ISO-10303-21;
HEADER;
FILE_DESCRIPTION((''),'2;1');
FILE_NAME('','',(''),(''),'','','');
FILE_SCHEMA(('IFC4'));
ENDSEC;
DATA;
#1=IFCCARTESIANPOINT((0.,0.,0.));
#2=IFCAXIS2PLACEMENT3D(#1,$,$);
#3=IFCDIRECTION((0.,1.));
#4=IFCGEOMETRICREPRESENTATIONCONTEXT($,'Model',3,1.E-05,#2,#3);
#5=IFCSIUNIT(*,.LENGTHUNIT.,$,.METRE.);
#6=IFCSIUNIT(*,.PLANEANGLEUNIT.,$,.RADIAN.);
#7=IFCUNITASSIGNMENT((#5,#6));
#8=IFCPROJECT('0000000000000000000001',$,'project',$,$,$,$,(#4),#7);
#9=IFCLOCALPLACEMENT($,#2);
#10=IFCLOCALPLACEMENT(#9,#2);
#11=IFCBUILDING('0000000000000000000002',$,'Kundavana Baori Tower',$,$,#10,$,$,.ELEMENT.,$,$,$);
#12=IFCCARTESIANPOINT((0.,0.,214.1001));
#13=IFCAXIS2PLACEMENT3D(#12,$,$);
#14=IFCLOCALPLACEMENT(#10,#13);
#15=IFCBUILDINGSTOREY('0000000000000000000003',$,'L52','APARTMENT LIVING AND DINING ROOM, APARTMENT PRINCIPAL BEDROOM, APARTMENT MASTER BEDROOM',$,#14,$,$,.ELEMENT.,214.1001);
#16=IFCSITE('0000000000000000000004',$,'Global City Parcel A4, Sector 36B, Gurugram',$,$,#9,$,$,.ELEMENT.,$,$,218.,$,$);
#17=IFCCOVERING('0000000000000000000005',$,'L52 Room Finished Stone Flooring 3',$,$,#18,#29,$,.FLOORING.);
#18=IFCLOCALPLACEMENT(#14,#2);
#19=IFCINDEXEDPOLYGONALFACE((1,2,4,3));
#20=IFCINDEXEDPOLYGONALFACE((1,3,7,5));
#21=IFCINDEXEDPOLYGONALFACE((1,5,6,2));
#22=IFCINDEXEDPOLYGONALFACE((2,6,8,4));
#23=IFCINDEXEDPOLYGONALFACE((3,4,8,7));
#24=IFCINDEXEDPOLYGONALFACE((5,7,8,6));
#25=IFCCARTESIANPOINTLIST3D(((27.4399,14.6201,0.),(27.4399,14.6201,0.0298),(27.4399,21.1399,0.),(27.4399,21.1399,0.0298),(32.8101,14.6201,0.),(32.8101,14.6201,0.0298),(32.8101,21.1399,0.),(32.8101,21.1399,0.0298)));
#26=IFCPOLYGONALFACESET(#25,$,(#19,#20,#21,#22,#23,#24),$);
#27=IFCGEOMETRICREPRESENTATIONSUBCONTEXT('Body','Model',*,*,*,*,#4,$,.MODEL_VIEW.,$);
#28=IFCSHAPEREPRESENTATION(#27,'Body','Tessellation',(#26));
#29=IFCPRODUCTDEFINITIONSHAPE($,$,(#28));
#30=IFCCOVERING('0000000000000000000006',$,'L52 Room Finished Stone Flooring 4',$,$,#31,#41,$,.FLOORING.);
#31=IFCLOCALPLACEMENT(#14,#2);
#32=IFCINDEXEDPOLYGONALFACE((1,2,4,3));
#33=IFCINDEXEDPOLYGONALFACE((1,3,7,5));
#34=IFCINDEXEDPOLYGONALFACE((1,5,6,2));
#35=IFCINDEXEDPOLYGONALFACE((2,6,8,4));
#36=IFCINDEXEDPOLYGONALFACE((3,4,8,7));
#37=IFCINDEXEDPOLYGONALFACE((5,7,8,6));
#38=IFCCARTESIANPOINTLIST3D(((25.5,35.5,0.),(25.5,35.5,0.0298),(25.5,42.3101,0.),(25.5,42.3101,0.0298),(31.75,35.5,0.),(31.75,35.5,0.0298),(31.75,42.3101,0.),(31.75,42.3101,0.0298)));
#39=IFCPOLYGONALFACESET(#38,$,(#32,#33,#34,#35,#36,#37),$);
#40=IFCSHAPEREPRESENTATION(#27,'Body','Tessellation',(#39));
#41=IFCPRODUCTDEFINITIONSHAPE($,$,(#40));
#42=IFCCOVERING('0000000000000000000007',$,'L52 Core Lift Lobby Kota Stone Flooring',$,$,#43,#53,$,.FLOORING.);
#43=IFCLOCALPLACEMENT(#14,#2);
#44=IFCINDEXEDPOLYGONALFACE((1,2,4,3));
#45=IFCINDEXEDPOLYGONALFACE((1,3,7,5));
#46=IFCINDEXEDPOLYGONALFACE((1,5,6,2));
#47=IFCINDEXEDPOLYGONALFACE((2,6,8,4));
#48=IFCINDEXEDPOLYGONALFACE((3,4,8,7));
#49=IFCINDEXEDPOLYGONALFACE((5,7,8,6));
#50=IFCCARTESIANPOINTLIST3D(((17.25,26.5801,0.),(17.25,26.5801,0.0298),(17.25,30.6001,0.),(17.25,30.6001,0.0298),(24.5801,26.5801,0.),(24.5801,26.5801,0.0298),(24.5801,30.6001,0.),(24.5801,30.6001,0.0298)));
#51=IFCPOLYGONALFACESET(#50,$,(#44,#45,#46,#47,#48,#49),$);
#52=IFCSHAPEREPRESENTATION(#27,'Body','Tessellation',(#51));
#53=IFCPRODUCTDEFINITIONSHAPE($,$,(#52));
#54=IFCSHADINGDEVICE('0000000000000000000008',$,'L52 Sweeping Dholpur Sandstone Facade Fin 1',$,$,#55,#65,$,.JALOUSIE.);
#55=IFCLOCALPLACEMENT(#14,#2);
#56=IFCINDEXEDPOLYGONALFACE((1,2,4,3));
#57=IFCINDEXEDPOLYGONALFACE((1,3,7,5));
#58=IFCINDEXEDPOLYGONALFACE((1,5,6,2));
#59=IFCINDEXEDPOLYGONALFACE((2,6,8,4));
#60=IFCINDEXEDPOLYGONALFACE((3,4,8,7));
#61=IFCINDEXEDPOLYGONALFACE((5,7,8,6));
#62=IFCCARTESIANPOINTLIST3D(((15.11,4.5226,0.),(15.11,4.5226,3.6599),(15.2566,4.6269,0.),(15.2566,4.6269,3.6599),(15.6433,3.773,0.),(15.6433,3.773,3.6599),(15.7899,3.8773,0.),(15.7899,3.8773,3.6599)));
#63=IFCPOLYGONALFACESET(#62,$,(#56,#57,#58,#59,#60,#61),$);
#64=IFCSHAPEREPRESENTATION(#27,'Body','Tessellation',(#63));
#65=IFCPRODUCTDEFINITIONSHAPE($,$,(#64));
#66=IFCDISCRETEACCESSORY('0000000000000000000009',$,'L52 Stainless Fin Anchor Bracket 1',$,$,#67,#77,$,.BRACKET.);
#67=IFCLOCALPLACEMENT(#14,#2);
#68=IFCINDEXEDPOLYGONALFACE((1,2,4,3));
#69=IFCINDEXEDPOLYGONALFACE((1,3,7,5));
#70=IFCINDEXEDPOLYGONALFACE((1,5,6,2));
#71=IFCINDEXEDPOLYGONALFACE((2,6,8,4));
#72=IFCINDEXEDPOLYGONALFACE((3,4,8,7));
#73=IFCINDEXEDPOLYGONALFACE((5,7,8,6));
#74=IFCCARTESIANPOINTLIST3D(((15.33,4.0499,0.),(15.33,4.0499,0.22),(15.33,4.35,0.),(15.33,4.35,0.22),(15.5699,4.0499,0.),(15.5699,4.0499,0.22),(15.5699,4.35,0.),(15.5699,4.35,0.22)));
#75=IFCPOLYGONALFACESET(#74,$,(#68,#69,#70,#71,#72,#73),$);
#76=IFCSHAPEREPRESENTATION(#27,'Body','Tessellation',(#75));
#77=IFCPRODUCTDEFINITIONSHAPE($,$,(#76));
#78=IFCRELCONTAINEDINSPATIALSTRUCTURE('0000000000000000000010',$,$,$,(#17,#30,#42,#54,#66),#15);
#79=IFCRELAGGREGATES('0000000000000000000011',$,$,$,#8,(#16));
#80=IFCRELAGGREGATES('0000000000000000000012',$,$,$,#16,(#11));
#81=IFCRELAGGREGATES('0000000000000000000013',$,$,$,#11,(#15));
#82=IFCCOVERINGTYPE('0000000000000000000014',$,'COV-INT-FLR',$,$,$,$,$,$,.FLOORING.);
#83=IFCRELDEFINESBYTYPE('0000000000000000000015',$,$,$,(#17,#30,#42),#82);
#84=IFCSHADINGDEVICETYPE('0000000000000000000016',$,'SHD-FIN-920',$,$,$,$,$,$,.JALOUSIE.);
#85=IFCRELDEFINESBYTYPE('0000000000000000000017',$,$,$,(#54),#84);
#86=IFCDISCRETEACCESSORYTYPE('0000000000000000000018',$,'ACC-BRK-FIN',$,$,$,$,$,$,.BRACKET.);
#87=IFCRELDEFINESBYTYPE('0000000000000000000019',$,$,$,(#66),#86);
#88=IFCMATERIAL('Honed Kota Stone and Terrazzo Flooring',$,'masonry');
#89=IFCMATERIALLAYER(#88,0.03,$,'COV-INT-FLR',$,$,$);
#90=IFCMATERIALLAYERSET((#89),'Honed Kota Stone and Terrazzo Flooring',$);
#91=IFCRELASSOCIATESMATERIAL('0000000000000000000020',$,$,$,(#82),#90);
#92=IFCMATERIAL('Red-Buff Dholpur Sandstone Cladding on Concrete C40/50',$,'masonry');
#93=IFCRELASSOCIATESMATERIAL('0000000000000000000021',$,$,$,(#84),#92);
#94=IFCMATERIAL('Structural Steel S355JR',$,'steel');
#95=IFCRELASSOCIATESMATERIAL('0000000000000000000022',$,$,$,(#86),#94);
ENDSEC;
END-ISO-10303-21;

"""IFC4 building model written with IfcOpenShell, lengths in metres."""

from ifc_helpers import new_model, si_unit, direction, frame, origin, origin_2d, place, context, subcontext, project, spatial, polyline, rectangle, outline, extrude, material, layer, layer_set, type_object, element, save


model = new_model("IFC4")

# Units and contexts
model_context = context("Model", 3, precision=1e-05, world=origin(), true_north=direction((0.0, 1.0)))
body_context = subcontext(model_context, "Body", "Model", "MODEL_VIEW")
ifc_project = project(units=[si_unit("LENGTHUNIT", "METRE"), si_unit("PLANEANGLEUNIT", "RADIAN")], contexts=[model_context])

# Site, building, storey
site_placement = place(None, origin())
site = spatial("IfcSite", under=ifc_project, at=site_placement, Name="Global City Parcel A4, Sector 36B, Gurugram", CompositionType="ELEMENT", RefElevation=218.0)
building_placement = place(site_placement, origin())
building = spatial("IfcBuilding", under=site, at=building_placement, Name="Kundavana Baori Tower", CompositionType="ELEMENT")
storey_placement = place(building_placement, frame((0.0, 0.0, 214.1001)))
storey = spatial("IfcBuildingStorey", under=building, at=storey_placement, Name="L52", Description="APARTMENT LIVING AND DINING ROOM, APARTMENT PRINCIPAL BEDROOM, APARTMENT MASTER BEDROOM", CompositionType="ELEMENT", Elevation=214.1001)

# Coverings
ifc_material_1 = material(Name="Honed Kota Stone and Terrazzo Flooring", Category="masonry")
ifc_layer_1 = layer(ifc_material_1, 0.03, Name="COV-INT-FLR")
ifc_layer_set_1 = layer_set([ifc_layer_1], Name="Honed Kota Stone and Terrazzo Flooring")
covering_type_1 = type_object("IfcCoveringType", Name="COV-INT-FLR", PredefinedType="FLOORING", material=ifc_layer_set_1)
covering_1_placement = place(storey_placement, origin())
element("IfcCovering", 1, at=covering_1_placement, inside=storey, type_object=covering_type_1, Name="L52 Room Finished Stone Flooring 3", PredefinedType="FLOORING", context=body_context, shape_type="SweptSolid", body=[
    extrude(outline(polyline([(27.4399, 14.6201), (32.8101, 14.6201), (32.8101, 21.1399), (27.4399, 21.1399), (27.4399, 14.6201)])), origin(), (0.0, 0.0, 1.0), 0.0298),
])
covering_2_placement = place(storey_placement, origin())
element("IfcCovering", 2, at=covering_2_placement, inside=storey, type_object=covering_type_1, Name="L52 Room Finished Stone Flooring 4", PredefinedType="FLOORING", context=body_context, shape_type="SweptSolid", body=[
    extrude(outline(polyline([(25.5, 35.5), (31.75, 35.5), (31.75, 42.3101), (25.5, 42.3101), (25.5, 35.5)])), origin(), (0.0, 0.0, 1.0), 0.0298),
])
covering_3_placement = place(storey_placement, origin())
element("IfcCovering", 3, at=covering_3_placement, inside=storey, type_object=covering_type_1, Name="L52 Core Lift Lobby Kota Stone Flooring", PredefinedType="FLOORING", context=body_context, shape_type="SweptSolid", body=[
    extrude(outline(polyline([(17.25, 26.5801), (24.5801, 26.5801), (24.5801, 30.6001), (17.25, 30.6001), (17.25, 26.5801)])), origin(), (0.0, 0.0, 1.0), 0.0298),
])

# Shading device
ifc_material_2 = material(Name="Red-Buff Dholpur Sandstone Cladding on Concrete C40/50", Category="masonry")
shading_device_type = type_object("IfcShadingDeviceType", Name="SHD-FIN-920", PredefinedType="JALOUSIE", material=ifc_material_2)
shading_device_placement = place(storey_placement, frame((15.45, 4.2, 0.0), z_axis=(0.0, 0.0, 1.0), x_axis=(0.814824, 0.579708, 0.0)))
element("IfcShadingDevice", 4, at=shading_device_placement, inside=storey, type_object=shading_device_type, Name="L52 Sweeping Dholpur Sandstone Facade Fin 1", PredefinedType="JALOUSIE", context=body_context, shape_type="SweptSolid", body=[
    extrude(rectangle(XDim=0.1799, YDim=0.9199, at=origin_2d()), origin(), (0.0, 0.0, 1.0), 3.6599),
])

# Discrete accessory
ifc_material_3 = material(Name="Structural Steel S355JR", Category="steel")
discrete_accessory_type = type_object("IfcDiscreteAccessoryType", Name="ACC-BRK-FIN", PredefinedType="BRACKET", material=ifc_material_3)
discrete_accessory_placement = place(storey_placement, frame((15.45, 4.2, 0.0), z_axis=(0.0, 0.0, 1.0), x_axis=(1.0, 0.0, 0.0)))
element("IfcDiscreteAccessory", 5, at=discrete_accessory_placement, inside=storey, type_object=discrete_accessory_type, Name="L52 Stainless Fin Anchor Bracket 1", PredefinedType="BRACKET", context=body_context, shape_type="SweptSolid", body=[
    extrude(rectangle(XDim=0.24, YDim=0.3, at=origin_2d()), origin(), (0.0, 0.0, 1.0), 0.22),
])

save(model, "model.ifc")
